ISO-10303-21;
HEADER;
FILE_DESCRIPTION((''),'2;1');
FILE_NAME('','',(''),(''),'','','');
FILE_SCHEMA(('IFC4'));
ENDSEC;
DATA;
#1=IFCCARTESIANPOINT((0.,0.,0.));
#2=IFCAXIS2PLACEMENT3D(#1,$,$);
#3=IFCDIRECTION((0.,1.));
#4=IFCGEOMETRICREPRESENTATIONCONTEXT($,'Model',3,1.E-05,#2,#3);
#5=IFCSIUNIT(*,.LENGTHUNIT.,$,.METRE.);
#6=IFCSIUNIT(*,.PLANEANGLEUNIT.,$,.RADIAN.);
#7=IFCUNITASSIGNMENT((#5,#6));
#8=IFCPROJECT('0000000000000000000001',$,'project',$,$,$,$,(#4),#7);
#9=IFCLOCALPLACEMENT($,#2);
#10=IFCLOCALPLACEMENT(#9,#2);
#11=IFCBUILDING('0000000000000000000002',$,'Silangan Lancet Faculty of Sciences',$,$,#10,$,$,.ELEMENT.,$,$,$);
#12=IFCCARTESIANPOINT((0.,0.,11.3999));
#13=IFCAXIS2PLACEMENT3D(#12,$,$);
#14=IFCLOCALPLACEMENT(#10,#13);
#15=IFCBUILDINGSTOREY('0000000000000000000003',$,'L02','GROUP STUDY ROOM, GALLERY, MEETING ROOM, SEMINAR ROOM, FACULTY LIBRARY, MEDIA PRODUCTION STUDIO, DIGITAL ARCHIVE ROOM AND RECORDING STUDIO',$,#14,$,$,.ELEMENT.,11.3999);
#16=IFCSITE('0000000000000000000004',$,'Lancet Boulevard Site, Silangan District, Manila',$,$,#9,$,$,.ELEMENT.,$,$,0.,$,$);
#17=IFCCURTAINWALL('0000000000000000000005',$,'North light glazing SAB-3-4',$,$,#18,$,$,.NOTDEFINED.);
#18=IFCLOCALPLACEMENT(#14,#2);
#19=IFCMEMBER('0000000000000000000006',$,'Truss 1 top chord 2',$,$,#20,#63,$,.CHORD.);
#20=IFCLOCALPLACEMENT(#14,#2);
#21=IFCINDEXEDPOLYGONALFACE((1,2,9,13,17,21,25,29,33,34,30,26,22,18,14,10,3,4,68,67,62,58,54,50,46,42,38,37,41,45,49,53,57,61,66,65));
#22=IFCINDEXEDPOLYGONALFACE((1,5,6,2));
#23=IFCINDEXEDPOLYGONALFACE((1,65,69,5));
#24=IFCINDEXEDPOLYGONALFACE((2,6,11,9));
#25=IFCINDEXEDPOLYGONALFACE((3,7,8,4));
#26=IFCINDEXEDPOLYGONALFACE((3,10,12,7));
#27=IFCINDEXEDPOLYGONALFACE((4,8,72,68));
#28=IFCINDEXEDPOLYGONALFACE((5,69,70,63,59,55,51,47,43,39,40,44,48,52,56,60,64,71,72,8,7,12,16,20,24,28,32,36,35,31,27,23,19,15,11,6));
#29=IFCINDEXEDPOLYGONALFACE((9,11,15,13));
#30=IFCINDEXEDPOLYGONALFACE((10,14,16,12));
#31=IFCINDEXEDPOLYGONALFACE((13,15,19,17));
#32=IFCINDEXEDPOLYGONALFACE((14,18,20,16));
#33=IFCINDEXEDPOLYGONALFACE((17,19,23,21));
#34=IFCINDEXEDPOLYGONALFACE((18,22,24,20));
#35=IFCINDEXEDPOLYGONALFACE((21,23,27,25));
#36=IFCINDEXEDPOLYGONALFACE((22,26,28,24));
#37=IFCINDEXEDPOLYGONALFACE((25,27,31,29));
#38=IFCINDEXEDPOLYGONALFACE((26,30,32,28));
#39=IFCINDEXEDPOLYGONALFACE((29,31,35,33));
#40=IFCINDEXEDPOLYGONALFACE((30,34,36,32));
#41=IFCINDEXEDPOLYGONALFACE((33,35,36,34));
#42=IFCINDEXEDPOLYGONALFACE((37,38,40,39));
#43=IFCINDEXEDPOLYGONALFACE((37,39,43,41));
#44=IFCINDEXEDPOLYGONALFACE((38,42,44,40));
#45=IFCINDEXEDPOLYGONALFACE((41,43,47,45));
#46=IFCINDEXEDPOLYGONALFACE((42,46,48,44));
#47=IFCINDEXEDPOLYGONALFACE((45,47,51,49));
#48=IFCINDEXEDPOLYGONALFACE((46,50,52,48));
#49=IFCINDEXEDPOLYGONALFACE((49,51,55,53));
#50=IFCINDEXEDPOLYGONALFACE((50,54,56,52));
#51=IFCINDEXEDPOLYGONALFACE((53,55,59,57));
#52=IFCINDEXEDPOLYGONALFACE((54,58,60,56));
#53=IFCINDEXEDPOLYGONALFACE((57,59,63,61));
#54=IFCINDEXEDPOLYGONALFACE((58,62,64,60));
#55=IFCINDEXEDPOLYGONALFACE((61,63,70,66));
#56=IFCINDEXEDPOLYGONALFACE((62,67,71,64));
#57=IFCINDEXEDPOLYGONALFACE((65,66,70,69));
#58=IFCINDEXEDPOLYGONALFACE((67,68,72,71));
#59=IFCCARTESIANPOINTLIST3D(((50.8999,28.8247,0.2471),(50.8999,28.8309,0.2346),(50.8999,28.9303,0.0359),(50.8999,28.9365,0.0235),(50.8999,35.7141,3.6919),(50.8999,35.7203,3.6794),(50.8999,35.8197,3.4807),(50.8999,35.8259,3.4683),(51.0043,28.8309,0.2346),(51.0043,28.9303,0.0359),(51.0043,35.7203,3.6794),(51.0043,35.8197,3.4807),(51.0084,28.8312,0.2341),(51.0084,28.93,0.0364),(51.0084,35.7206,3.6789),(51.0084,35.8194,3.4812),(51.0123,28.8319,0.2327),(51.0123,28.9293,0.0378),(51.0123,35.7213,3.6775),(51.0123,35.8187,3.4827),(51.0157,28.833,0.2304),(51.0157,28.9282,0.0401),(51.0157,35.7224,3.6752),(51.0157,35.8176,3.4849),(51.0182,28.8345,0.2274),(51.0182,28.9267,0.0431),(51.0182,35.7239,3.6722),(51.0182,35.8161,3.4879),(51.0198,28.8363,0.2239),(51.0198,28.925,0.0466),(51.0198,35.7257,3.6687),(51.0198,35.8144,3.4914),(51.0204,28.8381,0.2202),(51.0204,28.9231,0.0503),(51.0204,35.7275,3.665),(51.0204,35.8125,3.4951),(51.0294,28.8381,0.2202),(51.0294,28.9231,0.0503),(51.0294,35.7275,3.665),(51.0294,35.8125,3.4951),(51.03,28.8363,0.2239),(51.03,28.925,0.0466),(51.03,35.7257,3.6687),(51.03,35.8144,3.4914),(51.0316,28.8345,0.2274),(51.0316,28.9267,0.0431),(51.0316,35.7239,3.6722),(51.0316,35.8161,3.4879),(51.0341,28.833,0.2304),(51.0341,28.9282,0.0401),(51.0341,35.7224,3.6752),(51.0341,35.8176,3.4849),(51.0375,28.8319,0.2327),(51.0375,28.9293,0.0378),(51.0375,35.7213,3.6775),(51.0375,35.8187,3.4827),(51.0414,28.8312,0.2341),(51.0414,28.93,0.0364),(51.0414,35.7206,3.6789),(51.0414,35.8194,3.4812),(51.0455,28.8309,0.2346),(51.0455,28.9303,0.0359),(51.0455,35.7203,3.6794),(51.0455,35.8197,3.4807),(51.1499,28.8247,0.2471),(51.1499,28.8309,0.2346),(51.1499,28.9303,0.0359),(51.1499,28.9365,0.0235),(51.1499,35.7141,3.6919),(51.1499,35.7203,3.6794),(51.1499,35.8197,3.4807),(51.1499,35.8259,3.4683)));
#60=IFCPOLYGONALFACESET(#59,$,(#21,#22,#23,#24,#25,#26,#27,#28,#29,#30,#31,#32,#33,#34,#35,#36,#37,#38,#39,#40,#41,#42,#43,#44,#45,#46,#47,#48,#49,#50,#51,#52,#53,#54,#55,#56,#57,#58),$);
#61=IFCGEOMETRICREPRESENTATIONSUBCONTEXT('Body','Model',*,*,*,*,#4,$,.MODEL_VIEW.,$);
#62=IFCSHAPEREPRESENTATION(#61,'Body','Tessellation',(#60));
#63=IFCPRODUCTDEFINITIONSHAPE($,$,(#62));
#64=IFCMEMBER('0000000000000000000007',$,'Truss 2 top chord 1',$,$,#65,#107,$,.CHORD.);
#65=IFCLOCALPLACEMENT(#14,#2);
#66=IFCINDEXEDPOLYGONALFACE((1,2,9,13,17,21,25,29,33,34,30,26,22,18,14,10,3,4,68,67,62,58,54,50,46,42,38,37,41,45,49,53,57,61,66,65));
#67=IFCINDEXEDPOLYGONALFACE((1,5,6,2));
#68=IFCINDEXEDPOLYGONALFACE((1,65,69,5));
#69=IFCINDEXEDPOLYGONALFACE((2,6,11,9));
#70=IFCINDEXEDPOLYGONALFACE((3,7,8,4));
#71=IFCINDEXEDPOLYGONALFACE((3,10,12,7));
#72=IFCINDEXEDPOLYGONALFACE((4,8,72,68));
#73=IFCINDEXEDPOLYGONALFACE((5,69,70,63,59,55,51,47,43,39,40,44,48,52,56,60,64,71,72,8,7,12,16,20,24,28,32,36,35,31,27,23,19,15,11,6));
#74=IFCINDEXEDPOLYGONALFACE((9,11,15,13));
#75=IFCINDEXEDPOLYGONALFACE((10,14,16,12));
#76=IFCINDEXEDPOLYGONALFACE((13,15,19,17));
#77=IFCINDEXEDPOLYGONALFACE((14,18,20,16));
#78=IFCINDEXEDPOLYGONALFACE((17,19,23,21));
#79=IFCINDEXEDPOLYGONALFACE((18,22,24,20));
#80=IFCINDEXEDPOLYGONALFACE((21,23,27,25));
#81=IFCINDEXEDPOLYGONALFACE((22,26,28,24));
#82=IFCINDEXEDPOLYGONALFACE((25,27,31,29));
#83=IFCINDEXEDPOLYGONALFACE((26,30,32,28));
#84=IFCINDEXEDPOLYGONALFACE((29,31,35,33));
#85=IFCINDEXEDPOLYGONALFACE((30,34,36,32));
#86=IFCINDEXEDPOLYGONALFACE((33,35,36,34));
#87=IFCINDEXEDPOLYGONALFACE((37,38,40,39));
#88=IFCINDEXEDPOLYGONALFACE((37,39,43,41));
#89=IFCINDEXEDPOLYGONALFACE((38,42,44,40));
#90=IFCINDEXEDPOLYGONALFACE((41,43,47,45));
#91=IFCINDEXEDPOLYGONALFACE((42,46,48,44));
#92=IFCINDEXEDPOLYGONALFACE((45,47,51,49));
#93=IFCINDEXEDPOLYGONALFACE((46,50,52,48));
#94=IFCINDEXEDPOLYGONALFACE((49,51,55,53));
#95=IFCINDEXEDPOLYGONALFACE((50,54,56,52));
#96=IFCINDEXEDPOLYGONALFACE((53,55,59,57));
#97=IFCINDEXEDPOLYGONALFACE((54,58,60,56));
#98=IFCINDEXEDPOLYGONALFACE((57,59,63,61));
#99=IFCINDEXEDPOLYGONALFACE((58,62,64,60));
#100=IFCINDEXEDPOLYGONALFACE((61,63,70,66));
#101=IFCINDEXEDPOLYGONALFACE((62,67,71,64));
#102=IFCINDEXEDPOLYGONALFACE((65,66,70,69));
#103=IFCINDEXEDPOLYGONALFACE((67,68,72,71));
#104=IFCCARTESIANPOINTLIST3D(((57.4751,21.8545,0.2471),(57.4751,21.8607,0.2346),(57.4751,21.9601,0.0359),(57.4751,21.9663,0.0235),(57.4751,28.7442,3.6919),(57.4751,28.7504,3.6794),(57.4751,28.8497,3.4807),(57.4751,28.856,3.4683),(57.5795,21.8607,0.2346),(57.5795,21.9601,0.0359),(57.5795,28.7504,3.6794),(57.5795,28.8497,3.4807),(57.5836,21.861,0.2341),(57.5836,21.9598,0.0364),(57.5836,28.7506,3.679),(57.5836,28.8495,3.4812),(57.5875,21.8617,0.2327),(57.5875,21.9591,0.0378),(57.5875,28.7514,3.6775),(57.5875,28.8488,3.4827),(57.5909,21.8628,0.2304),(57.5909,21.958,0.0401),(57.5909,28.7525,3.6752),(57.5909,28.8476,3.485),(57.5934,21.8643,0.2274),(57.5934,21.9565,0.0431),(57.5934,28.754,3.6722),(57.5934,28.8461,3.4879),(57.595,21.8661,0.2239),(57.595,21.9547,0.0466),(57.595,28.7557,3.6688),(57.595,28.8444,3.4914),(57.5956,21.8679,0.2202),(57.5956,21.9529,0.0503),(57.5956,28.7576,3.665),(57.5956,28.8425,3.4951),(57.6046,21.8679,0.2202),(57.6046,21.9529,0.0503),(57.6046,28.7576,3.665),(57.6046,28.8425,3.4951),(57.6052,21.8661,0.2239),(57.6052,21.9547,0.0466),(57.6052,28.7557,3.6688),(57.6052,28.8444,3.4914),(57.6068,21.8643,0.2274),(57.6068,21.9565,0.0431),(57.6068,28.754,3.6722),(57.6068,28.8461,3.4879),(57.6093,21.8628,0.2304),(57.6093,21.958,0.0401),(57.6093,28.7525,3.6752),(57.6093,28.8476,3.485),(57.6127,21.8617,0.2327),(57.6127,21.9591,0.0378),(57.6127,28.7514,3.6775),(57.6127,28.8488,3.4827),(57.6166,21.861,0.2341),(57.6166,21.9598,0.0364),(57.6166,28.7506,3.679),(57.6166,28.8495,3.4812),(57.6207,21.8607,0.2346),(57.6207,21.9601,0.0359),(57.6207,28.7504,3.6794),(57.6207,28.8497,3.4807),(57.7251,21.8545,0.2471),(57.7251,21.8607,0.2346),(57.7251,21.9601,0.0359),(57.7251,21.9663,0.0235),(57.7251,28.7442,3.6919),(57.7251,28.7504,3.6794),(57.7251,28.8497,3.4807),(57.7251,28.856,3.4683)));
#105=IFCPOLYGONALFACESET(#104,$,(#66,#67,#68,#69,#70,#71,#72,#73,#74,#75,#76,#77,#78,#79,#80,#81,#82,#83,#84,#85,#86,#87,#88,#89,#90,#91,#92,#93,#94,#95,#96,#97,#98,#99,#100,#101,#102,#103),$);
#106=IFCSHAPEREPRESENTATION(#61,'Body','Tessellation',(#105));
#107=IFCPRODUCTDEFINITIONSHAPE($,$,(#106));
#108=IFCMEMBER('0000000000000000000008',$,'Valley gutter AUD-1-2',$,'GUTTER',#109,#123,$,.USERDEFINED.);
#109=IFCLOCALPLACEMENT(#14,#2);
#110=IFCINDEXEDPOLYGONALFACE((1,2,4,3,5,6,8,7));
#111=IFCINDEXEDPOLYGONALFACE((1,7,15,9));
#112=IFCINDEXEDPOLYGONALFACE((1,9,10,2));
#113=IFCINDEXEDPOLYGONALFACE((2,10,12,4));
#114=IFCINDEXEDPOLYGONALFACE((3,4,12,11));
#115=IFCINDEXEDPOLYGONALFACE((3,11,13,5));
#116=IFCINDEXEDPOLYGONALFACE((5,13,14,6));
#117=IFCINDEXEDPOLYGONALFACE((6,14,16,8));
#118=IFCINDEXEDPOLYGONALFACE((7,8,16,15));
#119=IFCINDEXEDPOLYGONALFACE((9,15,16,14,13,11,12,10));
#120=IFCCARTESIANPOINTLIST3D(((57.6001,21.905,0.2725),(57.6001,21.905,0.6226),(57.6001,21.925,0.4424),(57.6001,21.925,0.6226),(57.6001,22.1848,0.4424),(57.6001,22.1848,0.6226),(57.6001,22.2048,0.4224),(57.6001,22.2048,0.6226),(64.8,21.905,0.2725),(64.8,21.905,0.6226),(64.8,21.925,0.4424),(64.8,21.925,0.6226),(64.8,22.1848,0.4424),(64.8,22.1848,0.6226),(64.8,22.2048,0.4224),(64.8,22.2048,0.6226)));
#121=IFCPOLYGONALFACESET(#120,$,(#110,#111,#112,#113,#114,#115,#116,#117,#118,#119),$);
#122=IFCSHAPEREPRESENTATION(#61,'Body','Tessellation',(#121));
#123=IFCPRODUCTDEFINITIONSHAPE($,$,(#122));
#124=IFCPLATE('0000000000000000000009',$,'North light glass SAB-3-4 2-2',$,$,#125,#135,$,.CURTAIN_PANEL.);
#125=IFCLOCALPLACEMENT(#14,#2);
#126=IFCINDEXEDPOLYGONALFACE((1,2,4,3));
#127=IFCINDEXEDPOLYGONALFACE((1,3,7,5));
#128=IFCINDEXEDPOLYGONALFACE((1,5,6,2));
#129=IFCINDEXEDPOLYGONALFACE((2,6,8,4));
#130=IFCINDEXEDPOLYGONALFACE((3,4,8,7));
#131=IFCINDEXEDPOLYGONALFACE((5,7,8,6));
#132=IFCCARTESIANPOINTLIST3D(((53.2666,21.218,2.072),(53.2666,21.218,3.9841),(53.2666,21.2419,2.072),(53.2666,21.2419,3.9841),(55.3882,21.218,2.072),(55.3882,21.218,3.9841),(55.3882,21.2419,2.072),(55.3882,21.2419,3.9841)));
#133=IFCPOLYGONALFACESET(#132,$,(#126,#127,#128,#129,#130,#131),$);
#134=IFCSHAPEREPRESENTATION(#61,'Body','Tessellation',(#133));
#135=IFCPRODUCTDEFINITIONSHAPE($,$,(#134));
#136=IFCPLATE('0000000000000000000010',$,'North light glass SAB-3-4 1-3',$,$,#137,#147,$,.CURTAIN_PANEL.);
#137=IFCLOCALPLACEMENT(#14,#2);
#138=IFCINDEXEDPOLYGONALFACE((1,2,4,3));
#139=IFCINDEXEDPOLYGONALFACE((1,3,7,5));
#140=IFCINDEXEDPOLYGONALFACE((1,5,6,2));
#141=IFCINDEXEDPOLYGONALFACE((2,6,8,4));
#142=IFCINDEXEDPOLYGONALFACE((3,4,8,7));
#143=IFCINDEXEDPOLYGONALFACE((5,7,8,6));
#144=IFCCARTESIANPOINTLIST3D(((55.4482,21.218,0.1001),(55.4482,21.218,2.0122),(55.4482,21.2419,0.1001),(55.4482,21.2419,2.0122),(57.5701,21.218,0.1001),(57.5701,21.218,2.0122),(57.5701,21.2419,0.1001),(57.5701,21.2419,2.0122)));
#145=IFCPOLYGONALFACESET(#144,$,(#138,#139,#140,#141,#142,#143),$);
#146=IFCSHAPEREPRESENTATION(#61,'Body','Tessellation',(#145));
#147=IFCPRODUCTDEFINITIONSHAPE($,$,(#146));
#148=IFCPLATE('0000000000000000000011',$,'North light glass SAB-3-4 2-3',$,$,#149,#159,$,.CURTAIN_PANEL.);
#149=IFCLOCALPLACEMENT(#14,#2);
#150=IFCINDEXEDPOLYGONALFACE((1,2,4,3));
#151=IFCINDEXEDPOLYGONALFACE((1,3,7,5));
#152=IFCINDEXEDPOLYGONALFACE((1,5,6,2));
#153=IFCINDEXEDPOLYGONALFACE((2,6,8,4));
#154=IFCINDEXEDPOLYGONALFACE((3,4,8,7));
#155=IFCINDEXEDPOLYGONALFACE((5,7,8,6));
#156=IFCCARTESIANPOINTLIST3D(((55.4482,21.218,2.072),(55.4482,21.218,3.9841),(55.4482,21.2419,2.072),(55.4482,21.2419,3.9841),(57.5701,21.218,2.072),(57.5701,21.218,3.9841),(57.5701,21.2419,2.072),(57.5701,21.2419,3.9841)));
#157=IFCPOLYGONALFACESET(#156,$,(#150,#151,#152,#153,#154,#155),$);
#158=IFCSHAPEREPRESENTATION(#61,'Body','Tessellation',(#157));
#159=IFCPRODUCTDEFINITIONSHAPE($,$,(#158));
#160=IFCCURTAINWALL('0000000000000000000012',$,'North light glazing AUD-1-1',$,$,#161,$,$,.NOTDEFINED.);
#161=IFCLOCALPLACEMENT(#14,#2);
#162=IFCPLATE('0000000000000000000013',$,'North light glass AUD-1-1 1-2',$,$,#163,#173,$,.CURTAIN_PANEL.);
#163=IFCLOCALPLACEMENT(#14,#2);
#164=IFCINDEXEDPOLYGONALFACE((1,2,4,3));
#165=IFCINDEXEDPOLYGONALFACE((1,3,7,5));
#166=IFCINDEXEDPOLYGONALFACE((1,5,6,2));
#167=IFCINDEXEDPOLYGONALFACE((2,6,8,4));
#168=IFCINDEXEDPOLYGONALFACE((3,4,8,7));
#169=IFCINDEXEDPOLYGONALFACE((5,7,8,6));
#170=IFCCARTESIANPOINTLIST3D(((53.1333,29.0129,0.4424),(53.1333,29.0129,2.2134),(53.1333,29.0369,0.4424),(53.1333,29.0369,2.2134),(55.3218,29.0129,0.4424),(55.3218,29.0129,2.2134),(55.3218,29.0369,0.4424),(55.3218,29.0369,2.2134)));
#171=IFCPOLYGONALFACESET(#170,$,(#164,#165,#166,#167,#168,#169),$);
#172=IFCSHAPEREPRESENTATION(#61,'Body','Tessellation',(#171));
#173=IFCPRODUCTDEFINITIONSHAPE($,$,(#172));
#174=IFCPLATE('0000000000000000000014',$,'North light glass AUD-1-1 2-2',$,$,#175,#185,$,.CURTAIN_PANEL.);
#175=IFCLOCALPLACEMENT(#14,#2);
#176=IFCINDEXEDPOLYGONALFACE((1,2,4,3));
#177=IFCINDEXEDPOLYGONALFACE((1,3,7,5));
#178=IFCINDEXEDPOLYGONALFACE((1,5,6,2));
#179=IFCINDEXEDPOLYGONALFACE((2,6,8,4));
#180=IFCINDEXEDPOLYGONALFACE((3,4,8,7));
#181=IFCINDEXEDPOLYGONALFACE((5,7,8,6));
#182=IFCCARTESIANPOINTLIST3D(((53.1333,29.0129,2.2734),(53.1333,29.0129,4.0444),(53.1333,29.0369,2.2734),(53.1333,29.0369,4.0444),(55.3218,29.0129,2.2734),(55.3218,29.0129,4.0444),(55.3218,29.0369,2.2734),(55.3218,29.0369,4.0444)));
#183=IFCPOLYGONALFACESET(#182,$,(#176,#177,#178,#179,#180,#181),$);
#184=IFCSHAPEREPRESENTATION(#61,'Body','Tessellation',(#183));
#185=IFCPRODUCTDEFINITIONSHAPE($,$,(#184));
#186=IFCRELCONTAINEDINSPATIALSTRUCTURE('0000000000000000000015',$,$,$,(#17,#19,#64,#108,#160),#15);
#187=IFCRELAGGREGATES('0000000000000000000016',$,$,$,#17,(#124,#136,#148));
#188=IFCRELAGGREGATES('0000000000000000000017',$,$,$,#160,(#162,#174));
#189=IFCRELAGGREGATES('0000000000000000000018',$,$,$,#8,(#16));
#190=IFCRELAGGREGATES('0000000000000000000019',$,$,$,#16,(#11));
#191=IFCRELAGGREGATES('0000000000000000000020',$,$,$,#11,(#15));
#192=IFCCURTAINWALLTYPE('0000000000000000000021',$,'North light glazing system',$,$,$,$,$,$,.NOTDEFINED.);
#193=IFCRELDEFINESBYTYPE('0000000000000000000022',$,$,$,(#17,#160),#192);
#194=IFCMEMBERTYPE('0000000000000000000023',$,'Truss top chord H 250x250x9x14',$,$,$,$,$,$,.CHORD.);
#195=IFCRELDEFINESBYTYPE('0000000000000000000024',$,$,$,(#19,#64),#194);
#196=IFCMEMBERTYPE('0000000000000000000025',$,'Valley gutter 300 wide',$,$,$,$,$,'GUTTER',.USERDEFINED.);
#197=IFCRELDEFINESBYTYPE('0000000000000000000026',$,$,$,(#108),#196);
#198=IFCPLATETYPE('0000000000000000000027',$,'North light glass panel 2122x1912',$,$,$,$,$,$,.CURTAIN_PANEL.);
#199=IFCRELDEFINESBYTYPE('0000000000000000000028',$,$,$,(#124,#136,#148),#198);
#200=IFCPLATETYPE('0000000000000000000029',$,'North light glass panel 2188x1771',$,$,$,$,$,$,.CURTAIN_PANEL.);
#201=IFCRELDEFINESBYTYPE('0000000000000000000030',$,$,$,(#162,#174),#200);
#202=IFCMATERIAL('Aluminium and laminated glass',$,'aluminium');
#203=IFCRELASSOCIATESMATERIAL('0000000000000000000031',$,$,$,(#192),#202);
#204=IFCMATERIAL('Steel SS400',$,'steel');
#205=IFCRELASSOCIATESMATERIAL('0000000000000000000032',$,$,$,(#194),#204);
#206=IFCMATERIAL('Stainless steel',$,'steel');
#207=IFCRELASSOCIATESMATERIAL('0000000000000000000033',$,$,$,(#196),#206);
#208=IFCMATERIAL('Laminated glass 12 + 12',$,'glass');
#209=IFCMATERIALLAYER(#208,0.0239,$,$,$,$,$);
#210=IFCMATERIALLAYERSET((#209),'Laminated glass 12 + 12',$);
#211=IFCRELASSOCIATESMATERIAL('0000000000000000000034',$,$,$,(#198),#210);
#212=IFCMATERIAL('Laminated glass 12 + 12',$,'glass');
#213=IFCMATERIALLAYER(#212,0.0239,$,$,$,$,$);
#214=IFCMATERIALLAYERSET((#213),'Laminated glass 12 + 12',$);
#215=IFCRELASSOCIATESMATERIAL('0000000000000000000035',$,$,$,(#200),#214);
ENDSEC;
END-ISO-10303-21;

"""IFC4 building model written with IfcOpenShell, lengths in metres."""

from ifc_helpers import new_model, si_unit, direction, frame, origin, origin_2d, place, context, subcontext, project, spatial, polyline, i_section, outline, extrude, material, layer, layer_set, material_profile, profile_set, type_object, element, aggregate, save


model = new_model("IFC4")

# Units and contexts
model_context = context("Model", 3, precision=1e-05, world=origin(), true_north=direction((0.0, 1.0)))
body_context = subcontext(model_context, "Body", "Model", "MODEL_VIEW")
ifc_project = project(units=[si_unit("LENGTHUNIT", "METRE"), si_unit("PLANEANGLEUNIT", "RADIAN")], contexts=[model_context])

# Site, building, storey
site_placement = place(None, origin())
site = spatial("IfcSite", under=ifc_project, at=site_placement, Name="Lancet Boulevard Site, Silangan District, Manila", CompositionType="ELEMENT", RefElevation=0.0)
building_placement = place(site_placement, origin())
building = spatial("IfcBuilding", under=site, at=building_placement, Name="Silangan Lancet Faculty of Sciences", CompositionType="ELEMENT")
storey_placement = place(building_placement, frame((0.0, 0.0, 11.3999)))
storey = spatial("IfcBuildingStorey", under=building, at=storey_placement, Name="L02", Description="GROUP STUDY ROOM, GALLERY, MEETING ROOM, SEMINAR ROOM, FACULTY LIBRARY, MEDIA PRODUCTION STUDIO, DIGITAL ARCHIVE ROOM AND RECORDING STUDIO", CompositionType="ELEMENT", Elevation=11.3999)

# Curtain wall
ifc_material_1 = material(Name="Aluminium and laminated glass", Category="aluminium")
curtain_wall_type = type_object("IfcCurtainWallType", Name="North light glazing system", PredefinedType="NOTDEFINED", material=ifc_material_1)
curtain_wall_1_placement = place(storey_placement, origin())
curtain_wall_1 = element("IfcCurtainWall", 1, at=curtain_wall_1_placement, inside=storey, type_object=curtain_wall_type, Name="North light glazing SAB-3-4", PredefinedType="NOTDEFINED")

# Members
ifc_material_2 = material(Name="Steel SS400", Category="steel")
ifc_material_profile_1 = material_profile(ifc_material_2, i_section(OverallWidth=0.25, OverallDepth=0.25, WebThickness=0.009, FlangeThickness=0.0139, FilletRadius=0.0161, at=origin_2d()), Name="H 250x250x9x14")
ifc_profile_set_1 = profile_set([ifc_material_profile_1], Name="Steel SS400")
member_type_1 = type_object("IfcMemberType", Name="Truss top chord H 250x250x9x14", PredefinedType="CHORD", material=ifc_profile_set_1)
member_1_placement = place(storey_placement, frame((51.0249, 28.8806, 0.1353), z_axis=(0.0, 0.894421, 0.447226), x_axis=(-1.0, 0.0, 0.0)))
element("IfcMember", 2, at=member_1_placement, inside=storey, type_object=member_type_1, Name="Truss 1 top chord 2", PredefinedType="CHORD", context=body_context, shape_type="SweptSolid", body=[
    extrude(i_section(OverallWidth=0.25, OverallDepth=0.25, WebThickness=0.009, FlangeThickness=0.0139, FilletRadius=0.0161, at=origin_2d()), origin(), (0.0, 0.0, 1.0), 7.7026),
])
member_2_placement = place(storey_placement, frame((57.6001, 21.9104, 0.1353), z_axis=(0.0, 0.894427, 0.447214), x_axis=(-1.0, 0.0, 0.0)))
element("IfcMember", 3, at=member_2_placement, inside=storey, type_object=member_type_1, Name="Truss 2 top chord 1", PredefinedType="CHORD", context=body_context, shape_type="SweptSolid", body=[
    extrude(i_section(OverallWidth=0.25, OverallDepth=0.25, WebThickness=0.009, FlangeThickness=0.0139, FilletRadius=0.0161, at=origin_2d()), origin(), (0.0, 0.0, 1.0), 7.7029),
])
ifc_material_3 = material(Name="Stainless steel", Category="steel")
ifc_material_profile_2 = material_profile(ifc_material_3, outline(polyline([(-0.1499, 0.0), (0.1499, 0.1499), (0.1499, 0.3501), (0.1299, 0.3501), (0.1299, 0.1699), (-0.1299, 0.1699), (-0.1299, 0.3501), (-0.1499, 0.3501), (-0.1499, 0.0)])), Name="valley gutter")
ifc_profile_set_2 = profile_set([ifc_material_profile_2], Name="Stainless steel")
member_type_2 = type_object("IfcMemberType", Name="Valley gutter 300 wide", ElementType="GUTTER", PredefinedType="USERDEFINED", material=ifc_profile_set_2)
member_3_placement = place(storey_placement, frame((57.6001, 22.0549, 0.2725), z_axis=(1.0, 0.0, 0.0), x_axis=(0.0, 1.0, 0.0)))
element("IfcMember", 4, at=member_3_placement, inside=storey, type_object=member_type_2, Name="Valley gutter AUD-1-2", ObjectType="GUTTER", PredefinedType="USERDEFINED", context=body_context, shape_type="SweptSolid", body=[
    extrude(outline(polyline([(-0.1499, 0.0), (0.1499, 0.1499), (0.1499, 0.3501), (0.1299, 0.3501), (0.1299, 0.1699), (-0.1299, 0.1699), (-0.1299, 0.3501), (-0.1499, 0.3501), (-0.1499, 0.0)])), origin(), (0.0, 0.0, 1.0), 7.2),
])

# Plates
ifc_material_4 = material(Name="Laminated glass 12 + 12", Category="glass")
ifc_layer_1 = layer(ifc_material_4, 0.0239)
ifc_layer_set_1 = layer_set([ifc_layer_1], Name="Laminated glass 12 + 12")
plate_type_1 = type_object("IfcPlateType", Name="North light glass panel 2122x1912", PredefinedType="CURTAIN_PANEL", material=ifc_layer_set_1)
plate_1_placement = place(storey_placement, frame((53.2666, 21.218, 2.072), z_axis=(0.0, -1.0, 0.0), x_axis=(1.0, 0.0, 0.0)))
plate_1 = element("IfcPlate", 5, at=plate_1_placement, type_object=plate_type_1, Name="North light glass SAB-3-4 2-2", PredefinedType="CURTAIN_PANEL", context=body_context, shape_type="SweptSolid", body=[
    extrude(outline(polyline([(0.0, 0.0), (2.1216, 0.0), (2.1216, 1.9121), (0.0, 1.9121), (0.0, 0.0)])), origin(), (0.0, 0.0, -1.0), 0.0239),
])
plate_2_placement = place(storey_placement, frame((55.4482, 21.218, 0.1001), z_axis=(0.0, -1.0, 0.0), x_axis=(1.0, 0.0, 0.0)))
plate_2 = element("IfcPlate", 6, at=plate_2_placement, type_object=plate_type_1, Name="North light glass SAB-3-4 1-3", PredefinedType="CURTAIN_PANEL", context=body_context, shape_type="SweptSolid", body=[
    extrude(outline(polyline([(0.0, 0.0), (2.1218, 0.0), (2.1218, 1.9121), (0.0, 1.9121), (0.0, 0.0)])), origin(), (0.0, 0.0, -1.0), 0.0239),
])
plate_3_placement = place(storey_placement, frame((55.4482, 21.218, 2.072), z_axis=(0.0, -1.0, 0.0), x_axis=(1.0, 0.0, 0.0)))
plate_3 = element("IfcPlate", 7, at=plate_3_placement, type_object=plate_type_1, Name="North light glass SAB-3-4 2-3", PredefinedType="CURTAIN_PANEL", context=body_context, shape_type="SweptSolid", body=[
    extrude(outline(polyline([(0.0, 0.0), (2.1218, 0.0), (2.1218, 1.9121), (0.0, 1.9121), (0.0, 0.0)])), origin(), (0.0, 0.0, -1.0), 0.0239),
])
aggregate(curtain_wall_1, [plate_1, plate_2, plate_3])

# Curtain wall, plates
curtain_wall_2_placement = place(storey_placement, origin())
curtain_wall_2 = element("IfcCurtainWall", 8, at=curtain_wall_2_placement, inside=storey, type_object=curtain_wall_type, Name="North light glazing AUD-1-1", PredefinedType="NOTDEFINED")
ifc_material_5 = material(Name="Laminated glass 12 + 12", Category="glass")
ifc_layer_2 = layer(ifc_material_5, 0.0239)
ifc_layer_set_2 = layer_set([ifc_layer_2], Name="Laminated glass 12 + 12")
plate_type_2 = type_object("IfcPlateType", Name="North light glass panel 2188x1771", PredefinedType="CURTAIN_PANEL", material=ifc_layer_set_2)
plate_4_placement = place(storey_placement, frame((53.1333, 29.0129, 0.4424), z_axis=(0.0, -1.0, 0.0), x_axis=(1.0, 0.0, 0.0)))
plate_4 = element("IfcPlate", 9, at=plate_4_placement, type_object=plate_type_2, Name="North light glass AUD-1-1 1-2", PredefinedType="CURTAIN_PANEL", context=body_context, shape_type="SweptSolid", body=[
    extrude(outline(polyline([(0.0, 0.0), (2.1885, 0.0), (2.1885, 1.771), (0.0, 1.771), (0.0, 0.0)])), origin(), (0.0, 0.0, -1.0), 0.0239),
])
plate_5_placement = place(storey_placement, frame((53.1333, 29.0129, 2.2734), z_axis=(0.0, -1.0, 0.0), x_axis=(1.0, 0.0, 0.0)))
plate_5 = element("IfcPlate", 10, at=plate_5_placement, type_object=plate_type_2, Name="North light glass AUD-1-1 2-2", PredefinedType="CURTAIN_PANEL", context=body_context, shape_type="SweptSolid", body=[
    extrude(outline(polyline([(0.0, 0.0), (2.1885, 0.0), (2.1885, 1.771), (0.0, 1.771), (0.0, 0.0)])), origin(), (0.0, 0.0, -1.0), 0.0239),
])
aggregate(curtain_wall_2, [plate_4, plate_5])

save(model, "model.ifc")
